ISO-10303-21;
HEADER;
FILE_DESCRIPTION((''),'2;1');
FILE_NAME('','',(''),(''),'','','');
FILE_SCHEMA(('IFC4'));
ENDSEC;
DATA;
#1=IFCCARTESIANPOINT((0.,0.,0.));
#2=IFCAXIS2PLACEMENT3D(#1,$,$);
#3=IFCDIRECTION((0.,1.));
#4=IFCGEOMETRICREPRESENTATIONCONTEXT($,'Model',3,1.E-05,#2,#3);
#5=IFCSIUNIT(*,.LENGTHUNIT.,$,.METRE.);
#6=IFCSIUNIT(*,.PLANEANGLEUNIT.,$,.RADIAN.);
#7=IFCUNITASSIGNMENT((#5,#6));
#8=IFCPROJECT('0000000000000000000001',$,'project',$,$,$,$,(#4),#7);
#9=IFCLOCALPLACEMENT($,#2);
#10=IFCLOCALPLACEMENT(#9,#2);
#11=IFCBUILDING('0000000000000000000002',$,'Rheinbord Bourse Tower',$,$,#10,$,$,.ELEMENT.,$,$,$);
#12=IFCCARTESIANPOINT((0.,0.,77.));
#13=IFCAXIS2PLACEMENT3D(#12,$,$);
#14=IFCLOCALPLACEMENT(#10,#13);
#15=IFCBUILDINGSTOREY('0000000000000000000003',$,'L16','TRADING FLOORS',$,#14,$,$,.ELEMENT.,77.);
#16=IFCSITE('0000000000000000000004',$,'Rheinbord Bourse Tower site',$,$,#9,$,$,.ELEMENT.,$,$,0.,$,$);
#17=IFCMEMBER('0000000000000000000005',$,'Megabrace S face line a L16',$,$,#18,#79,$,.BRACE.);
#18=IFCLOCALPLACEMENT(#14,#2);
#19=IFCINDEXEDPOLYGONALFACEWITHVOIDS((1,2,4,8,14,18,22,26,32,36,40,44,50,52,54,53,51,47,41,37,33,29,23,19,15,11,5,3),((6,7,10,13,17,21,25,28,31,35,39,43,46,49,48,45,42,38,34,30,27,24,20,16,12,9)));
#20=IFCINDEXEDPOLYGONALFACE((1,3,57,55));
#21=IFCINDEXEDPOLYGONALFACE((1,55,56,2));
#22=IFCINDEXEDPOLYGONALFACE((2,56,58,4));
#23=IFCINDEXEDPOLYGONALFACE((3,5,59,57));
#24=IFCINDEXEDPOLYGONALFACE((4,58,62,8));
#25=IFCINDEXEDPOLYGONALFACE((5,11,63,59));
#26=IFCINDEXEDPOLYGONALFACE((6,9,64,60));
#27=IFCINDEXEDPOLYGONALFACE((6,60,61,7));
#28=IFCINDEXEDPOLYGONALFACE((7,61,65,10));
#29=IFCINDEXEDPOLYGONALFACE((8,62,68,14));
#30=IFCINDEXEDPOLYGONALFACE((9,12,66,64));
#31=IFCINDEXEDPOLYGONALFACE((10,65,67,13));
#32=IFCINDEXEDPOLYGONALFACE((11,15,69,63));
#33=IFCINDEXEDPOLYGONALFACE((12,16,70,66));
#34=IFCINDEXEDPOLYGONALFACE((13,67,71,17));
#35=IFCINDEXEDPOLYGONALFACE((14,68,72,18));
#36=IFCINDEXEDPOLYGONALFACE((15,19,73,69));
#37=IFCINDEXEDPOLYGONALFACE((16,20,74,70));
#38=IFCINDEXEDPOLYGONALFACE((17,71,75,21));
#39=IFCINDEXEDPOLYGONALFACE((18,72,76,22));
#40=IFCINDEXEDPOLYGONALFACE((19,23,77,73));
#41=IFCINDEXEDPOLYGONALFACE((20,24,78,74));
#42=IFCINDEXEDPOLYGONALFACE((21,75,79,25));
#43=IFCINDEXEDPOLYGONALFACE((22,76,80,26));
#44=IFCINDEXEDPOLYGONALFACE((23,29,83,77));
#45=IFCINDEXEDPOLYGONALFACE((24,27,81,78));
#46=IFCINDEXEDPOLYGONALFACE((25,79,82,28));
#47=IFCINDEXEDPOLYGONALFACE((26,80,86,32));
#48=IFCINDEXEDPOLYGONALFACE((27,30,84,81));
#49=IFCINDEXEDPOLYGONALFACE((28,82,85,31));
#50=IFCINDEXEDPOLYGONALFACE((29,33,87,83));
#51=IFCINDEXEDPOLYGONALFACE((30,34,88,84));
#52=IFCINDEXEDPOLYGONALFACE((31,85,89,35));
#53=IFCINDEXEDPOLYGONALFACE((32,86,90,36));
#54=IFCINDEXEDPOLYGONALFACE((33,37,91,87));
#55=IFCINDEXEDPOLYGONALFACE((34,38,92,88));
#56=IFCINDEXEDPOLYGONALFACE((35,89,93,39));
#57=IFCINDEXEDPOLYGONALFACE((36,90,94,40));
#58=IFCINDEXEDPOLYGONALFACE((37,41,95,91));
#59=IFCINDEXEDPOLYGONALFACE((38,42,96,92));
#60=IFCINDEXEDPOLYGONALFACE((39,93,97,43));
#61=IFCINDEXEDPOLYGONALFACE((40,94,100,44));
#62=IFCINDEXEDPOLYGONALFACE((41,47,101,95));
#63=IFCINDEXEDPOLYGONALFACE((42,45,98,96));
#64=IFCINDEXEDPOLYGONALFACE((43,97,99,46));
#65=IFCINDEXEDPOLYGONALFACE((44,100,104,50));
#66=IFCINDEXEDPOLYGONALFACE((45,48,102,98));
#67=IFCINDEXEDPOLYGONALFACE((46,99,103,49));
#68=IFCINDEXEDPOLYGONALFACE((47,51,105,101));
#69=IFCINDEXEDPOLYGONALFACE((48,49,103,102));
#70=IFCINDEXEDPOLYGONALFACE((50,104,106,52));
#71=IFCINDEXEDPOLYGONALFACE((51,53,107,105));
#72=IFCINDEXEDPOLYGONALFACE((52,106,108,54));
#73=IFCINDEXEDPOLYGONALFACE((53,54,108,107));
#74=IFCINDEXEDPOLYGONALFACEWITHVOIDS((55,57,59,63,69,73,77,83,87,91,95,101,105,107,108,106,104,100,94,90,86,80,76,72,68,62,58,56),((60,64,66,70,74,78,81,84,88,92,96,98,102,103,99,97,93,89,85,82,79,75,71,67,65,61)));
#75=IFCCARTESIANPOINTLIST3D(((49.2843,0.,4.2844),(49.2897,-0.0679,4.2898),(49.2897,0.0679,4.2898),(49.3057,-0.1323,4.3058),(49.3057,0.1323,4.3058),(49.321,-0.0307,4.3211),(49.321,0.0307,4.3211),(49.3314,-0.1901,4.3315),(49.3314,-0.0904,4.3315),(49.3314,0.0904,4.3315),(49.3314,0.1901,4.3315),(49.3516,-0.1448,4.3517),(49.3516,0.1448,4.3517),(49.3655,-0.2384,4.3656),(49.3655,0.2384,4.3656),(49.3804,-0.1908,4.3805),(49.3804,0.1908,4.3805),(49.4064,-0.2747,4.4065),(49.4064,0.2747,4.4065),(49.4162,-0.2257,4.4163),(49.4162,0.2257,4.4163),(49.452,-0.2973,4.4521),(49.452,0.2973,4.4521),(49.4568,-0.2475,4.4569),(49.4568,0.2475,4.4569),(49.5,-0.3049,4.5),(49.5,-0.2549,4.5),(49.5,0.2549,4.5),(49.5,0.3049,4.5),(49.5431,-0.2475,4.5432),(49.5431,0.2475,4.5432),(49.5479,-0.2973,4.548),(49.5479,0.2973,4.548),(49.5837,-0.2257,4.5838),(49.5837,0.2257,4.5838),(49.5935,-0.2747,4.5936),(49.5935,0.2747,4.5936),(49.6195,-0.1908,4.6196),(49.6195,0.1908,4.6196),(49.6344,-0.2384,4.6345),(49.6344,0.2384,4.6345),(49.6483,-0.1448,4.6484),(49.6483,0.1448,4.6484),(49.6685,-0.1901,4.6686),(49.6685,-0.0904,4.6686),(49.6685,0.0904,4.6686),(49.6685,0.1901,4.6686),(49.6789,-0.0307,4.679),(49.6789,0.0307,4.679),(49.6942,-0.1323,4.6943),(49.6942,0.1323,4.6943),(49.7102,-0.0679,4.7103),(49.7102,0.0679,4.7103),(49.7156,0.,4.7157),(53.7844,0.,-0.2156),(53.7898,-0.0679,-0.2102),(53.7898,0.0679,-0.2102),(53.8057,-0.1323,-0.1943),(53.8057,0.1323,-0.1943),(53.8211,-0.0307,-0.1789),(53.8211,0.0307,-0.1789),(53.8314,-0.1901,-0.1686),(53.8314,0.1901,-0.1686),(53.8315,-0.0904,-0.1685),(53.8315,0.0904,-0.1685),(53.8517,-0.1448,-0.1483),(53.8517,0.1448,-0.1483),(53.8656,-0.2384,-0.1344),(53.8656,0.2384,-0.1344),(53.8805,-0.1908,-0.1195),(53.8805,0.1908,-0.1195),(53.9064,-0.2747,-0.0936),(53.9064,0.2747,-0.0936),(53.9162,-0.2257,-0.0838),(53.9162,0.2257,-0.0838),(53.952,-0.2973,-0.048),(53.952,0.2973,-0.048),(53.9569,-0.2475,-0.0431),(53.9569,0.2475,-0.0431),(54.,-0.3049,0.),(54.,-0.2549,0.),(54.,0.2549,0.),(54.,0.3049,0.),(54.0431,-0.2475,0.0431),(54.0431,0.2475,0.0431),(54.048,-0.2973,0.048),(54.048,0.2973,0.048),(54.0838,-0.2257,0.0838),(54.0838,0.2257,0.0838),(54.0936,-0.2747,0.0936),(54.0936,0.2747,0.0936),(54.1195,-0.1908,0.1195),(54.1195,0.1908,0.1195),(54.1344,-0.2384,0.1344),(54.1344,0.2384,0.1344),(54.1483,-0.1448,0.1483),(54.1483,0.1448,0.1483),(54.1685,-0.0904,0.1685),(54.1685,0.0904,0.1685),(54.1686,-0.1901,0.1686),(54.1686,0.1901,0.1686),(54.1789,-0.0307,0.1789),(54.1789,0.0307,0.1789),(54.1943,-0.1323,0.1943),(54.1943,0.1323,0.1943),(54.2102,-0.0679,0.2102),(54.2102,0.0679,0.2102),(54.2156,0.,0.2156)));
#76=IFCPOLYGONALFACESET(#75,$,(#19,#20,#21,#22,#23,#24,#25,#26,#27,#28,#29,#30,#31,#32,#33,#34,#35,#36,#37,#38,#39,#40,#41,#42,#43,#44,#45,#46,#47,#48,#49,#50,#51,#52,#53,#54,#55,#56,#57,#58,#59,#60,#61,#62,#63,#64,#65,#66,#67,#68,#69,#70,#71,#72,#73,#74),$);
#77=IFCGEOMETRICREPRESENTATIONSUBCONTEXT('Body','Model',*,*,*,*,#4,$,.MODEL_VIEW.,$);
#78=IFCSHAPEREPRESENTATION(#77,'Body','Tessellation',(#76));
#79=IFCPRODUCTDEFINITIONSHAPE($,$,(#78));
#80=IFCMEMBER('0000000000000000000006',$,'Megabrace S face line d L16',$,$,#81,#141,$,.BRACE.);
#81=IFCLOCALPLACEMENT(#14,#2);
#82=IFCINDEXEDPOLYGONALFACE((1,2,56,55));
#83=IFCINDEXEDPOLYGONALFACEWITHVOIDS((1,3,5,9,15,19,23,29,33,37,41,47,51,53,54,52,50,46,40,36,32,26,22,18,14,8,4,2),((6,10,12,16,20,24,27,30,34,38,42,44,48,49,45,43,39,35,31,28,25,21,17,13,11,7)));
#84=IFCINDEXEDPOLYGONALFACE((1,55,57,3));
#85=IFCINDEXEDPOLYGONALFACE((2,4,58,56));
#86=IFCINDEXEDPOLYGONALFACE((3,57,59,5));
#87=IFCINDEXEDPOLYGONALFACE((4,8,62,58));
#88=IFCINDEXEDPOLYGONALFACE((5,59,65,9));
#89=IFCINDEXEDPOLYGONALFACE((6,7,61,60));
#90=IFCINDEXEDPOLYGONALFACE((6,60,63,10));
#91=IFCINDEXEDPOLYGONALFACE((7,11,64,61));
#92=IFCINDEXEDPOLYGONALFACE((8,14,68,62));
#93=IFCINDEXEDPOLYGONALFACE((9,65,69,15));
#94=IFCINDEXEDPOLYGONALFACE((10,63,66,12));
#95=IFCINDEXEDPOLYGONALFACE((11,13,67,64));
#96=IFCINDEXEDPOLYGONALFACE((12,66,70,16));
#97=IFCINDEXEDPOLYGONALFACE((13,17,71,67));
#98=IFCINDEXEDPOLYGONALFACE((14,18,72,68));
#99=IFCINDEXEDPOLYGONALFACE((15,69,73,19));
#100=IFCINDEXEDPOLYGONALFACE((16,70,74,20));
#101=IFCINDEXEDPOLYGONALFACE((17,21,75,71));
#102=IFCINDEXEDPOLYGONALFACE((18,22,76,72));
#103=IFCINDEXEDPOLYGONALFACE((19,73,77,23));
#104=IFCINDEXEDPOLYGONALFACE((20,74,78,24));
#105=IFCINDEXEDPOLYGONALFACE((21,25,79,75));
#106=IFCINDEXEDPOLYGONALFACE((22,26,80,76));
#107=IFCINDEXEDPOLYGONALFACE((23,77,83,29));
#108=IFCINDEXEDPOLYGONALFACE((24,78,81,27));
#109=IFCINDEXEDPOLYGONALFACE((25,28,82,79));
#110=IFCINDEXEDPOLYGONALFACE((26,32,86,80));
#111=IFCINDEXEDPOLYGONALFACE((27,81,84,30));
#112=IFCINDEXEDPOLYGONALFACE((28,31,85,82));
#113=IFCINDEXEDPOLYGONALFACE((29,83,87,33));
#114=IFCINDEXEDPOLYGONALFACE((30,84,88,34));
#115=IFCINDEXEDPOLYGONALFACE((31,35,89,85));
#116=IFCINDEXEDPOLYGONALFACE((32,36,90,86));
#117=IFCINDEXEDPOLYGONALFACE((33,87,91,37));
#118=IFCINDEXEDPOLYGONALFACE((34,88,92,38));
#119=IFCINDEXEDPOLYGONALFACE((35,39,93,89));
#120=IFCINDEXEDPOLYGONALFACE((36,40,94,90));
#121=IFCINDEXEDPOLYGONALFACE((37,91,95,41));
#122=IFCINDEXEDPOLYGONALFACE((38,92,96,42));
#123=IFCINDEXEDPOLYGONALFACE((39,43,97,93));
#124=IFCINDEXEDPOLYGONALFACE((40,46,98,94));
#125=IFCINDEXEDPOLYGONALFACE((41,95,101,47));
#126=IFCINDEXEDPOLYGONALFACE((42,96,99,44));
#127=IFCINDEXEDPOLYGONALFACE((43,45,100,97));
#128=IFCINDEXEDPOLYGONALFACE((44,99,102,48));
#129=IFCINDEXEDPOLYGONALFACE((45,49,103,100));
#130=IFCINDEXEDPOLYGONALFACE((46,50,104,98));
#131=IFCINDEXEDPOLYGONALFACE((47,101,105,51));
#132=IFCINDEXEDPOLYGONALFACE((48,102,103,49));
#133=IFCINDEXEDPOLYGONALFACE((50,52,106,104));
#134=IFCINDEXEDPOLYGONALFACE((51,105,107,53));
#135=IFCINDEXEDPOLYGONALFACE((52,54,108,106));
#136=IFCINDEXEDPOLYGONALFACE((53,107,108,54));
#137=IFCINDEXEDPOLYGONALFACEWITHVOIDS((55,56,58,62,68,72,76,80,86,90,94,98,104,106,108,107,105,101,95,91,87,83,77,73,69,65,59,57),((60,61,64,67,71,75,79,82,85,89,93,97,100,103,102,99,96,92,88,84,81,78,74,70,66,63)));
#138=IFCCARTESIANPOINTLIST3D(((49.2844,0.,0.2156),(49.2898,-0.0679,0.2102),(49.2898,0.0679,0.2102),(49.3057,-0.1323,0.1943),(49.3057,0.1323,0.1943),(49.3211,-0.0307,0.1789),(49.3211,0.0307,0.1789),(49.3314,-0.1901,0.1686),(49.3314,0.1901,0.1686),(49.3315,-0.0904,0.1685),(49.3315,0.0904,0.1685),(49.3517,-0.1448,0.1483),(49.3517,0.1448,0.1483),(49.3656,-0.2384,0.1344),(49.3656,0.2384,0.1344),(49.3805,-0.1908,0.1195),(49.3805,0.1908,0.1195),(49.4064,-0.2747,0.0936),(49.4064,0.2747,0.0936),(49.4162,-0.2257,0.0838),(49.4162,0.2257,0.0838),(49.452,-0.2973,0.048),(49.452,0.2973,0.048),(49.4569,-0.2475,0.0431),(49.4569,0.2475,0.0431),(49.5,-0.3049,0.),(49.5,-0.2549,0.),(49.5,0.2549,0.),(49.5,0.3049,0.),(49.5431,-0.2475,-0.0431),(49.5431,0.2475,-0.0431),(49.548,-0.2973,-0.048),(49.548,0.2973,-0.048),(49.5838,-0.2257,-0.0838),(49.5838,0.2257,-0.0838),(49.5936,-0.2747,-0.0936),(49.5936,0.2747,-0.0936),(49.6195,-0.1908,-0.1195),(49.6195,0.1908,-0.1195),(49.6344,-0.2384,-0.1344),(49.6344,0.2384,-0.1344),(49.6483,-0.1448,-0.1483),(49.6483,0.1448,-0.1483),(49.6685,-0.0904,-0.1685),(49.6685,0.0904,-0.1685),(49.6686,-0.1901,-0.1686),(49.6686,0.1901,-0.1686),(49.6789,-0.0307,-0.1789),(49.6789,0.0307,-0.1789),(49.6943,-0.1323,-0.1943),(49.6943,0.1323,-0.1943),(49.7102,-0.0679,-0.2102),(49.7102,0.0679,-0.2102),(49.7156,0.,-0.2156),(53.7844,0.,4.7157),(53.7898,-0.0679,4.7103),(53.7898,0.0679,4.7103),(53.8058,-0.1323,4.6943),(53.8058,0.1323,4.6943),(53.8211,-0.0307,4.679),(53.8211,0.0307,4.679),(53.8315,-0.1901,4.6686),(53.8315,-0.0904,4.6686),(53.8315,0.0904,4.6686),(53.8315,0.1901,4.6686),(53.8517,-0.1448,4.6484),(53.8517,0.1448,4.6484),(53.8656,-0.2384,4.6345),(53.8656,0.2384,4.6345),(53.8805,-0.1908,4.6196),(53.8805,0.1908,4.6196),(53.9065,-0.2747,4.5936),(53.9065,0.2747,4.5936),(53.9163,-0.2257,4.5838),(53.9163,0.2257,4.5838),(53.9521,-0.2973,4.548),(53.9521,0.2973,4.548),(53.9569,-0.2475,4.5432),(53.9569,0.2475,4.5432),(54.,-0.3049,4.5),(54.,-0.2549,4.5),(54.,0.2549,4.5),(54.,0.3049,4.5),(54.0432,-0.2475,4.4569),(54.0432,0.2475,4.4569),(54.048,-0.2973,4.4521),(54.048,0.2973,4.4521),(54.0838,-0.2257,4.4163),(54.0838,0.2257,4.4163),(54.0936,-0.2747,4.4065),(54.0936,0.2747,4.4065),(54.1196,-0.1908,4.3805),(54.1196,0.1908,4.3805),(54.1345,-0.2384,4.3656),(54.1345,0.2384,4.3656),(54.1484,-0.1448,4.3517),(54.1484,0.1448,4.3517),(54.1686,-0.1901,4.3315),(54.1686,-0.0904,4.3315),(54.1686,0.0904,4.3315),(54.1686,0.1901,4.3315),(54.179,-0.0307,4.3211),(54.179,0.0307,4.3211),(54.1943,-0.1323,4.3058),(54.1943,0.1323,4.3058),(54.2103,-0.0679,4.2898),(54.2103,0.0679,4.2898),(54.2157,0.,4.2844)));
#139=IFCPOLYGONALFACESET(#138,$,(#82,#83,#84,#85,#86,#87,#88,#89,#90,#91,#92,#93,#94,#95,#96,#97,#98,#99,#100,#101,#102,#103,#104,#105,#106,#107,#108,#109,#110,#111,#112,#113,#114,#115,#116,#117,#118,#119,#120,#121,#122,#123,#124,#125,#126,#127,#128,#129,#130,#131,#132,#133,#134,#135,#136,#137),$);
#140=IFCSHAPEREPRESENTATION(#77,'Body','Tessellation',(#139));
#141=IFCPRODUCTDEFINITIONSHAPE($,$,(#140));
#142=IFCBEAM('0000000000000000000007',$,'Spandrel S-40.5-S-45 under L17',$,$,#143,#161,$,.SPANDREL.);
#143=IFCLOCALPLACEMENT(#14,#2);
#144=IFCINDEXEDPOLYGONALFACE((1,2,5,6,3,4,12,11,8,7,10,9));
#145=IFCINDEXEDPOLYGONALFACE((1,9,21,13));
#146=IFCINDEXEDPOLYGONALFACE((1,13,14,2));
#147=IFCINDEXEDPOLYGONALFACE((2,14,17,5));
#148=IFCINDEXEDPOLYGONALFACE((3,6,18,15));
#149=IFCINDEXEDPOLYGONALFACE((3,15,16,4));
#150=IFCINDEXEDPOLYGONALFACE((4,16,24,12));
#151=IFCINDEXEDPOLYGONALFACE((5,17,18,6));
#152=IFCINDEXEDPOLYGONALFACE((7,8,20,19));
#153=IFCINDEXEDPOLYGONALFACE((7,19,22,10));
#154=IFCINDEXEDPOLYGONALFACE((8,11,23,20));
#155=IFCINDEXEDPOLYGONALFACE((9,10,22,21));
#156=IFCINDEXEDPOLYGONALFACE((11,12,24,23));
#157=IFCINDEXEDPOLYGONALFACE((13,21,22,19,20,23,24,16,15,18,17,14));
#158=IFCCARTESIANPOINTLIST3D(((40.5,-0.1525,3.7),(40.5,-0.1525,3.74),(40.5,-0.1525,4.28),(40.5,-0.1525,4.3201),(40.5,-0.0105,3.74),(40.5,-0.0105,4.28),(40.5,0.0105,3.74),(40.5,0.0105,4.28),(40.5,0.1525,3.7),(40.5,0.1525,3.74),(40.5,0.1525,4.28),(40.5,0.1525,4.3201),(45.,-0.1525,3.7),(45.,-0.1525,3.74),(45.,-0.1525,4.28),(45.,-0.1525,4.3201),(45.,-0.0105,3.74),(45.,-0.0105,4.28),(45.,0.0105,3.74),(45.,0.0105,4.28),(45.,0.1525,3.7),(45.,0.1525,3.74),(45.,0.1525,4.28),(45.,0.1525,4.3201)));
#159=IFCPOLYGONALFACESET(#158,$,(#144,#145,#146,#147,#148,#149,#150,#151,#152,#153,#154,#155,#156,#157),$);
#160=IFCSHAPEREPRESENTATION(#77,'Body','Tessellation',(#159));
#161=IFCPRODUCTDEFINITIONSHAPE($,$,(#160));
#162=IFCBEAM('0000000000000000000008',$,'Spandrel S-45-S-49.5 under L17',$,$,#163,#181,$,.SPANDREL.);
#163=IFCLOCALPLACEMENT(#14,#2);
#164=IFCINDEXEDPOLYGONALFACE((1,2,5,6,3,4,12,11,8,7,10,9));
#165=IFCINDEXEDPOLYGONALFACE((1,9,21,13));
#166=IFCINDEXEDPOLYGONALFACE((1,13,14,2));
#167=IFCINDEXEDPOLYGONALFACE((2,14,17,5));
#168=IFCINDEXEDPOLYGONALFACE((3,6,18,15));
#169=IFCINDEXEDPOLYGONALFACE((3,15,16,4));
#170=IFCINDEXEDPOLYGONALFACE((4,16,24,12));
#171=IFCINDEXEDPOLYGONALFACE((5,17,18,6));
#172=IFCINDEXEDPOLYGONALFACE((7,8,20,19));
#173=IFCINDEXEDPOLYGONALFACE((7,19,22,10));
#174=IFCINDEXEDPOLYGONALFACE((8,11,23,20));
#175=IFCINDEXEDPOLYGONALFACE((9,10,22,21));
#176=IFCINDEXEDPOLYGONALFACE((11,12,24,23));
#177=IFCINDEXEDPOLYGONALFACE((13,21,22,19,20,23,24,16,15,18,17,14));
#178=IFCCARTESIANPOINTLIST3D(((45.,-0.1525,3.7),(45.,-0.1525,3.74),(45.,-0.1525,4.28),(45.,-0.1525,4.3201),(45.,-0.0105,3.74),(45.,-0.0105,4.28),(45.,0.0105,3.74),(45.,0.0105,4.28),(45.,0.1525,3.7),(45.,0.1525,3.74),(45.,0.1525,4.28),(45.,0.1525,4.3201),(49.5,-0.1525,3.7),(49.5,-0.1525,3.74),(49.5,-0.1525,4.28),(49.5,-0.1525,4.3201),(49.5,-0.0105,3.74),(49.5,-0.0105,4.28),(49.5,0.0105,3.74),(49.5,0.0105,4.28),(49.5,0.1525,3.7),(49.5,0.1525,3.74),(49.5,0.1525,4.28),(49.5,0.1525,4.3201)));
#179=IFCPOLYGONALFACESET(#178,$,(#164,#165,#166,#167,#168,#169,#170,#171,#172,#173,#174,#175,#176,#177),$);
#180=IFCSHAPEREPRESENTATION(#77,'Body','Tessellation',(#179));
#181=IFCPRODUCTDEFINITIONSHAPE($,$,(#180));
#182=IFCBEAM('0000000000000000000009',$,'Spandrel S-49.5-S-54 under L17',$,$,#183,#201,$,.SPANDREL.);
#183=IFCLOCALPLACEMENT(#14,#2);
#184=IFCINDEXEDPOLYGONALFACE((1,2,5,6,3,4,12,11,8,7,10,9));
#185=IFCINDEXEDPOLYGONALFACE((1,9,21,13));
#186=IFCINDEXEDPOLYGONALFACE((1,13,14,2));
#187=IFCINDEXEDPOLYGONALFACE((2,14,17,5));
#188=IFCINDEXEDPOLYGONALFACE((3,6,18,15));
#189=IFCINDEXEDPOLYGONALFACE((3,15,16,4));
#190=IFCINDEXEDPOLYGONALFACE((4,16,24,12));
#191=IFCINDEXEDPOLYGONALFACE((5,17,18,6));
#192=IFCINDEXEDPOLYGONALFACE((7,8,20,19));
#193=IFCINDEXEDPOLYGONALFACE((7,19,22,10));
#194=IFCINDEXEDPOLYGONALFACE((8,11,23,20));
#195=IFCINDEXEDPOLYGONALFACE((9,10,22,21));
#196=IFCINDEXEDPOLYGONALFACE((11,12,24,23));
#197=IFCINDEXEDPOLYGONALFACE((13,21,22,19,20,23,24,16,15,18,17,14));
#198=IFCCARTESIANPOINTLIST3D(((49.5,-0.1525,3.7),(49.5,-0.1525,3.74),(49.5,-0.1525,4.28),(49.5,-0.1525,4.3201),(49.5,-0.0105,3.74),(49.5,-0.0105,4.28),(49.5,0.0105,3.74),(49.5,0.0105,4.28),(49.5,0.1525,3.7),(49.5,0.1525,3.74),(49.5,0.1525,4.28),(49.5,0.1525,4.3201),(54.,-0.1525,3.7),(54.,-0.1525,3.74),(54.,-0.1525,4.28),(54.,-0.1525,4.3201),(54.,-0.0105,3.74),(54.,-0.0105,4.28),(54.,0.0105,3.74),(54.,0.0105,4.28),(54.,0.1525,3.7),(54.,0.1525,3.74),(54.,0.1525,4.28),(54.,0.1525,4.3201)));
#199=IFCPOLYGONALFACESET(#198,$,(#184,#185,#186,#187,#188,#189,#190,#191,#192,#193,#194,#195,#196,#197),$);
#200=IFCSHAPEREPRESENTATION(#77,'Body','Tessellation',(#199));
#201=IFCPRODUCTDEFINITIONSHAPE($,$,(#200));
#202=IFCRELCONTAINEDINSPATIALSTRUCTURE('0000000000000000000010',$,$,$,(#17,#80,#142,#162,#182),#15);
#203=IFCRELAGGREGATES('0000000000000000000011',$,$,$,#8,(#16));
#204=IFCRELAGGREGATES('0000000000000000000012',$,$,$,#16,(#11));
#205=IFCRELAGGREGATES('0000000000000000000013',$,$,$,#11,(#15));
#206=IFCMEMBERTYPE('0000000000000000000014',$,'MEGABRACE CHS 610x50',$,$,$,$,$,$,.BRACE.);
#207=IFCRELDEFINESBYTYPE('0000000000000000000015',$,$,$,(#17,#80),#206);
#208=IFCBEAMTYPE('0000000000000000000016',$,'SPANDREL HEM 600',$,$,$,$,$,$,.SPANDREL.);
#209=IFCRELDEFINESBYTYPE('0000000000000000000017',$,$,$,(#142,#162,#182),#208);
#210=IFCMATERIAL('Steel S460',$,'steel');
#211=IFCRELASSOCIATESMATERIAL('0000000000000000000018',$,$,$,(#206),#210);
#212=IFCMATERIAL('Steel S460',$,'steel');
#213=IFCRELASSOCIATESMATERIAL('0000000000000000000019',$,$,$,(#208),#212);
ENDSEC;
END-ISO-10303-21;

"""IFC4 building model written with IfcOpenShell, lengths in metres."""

from ifc_helpers import new_model, si_unit, direction, frame, origin, origin_2d, place, context, subcontext, project, spatial, hollow_circle, i_section, extrude, material, material_profile, profile_set, type_object, element, save


model = new_model("IFC4")

# Units and contexts
model_context = context("Model", 3, precision=1e-05, world=origin(), true_north=direction((0.0, 1.0)))
body_context = subcontext(model_context, "Body", "Model", "MODEL_VIEW")
ifc_project = project(units=[si_unit("LENGTHUNIT", "METRE"), si_unit("PLANEANGLEUNIT", "RADIAN")], contexts=[model_context])

# Site, building, storey
site_placement = place(None, origin())
site = spatial("IfcSite", under=ifc_project, at=site_placement, Name="Rheinbord Bourse Tower site", CompositionType="ELEMENT", RefElevation=0.0)
building_placement = place(site_placement, origin())
building = spatial("IfcBuilding", under=site, at=building_placement, Name="Rheinbord Bourse Tower", CompositionType="ELEMENT")
storey_placement = place(building_placement, frame((0.0, 0.0, 77.0)))
storey = spatial("IfcBuildingStorey", under=building, at=storey_placement, Name="L16", Description="TRADING FLOORS", CompositionType="ELEMENT", Elevation=77.0)

# Members
ifc_material_1 = material(Name="Steel S460", Category="steel")
ifc_material_profile_1 = material_profile(ifc_material_1, hollow_circle(Radius=0.3049, WallThickness=0.05, at=origin_2d()), Name="CHS 610x50")
ifc_profile_set_1 = profile_set([ifc_material_profile_1], Name="Steel S460")
member_type_1 = type_object("IfcMemberType", Name="MEGABRACE CHS 610x50", PredefinedType="BRACE", material=ifc_profile_set_1)
for number, where, z_axis, x_axis, name in (
    (1, (54.0, 0.0, 0.0), (-0.707107, 0.0, 0.707107), (0.0, -1.0, 0.0), "Megabrace S face line a L16"),
    (2, (49.5, 0.0, 0.0), (0.707107, 0.0, 0.707107), (0.0, 1.0, 0.0), "Megabrace S face line d L16"),
):
    element("IfcMember", number, at=place(storey_placement, frame(where, z_axis=z_axis, x_axis=x_axis)), inside=storey, type_object=member_type_1, Name=name, PredefinedType="BRACE", context=body_context, shape_type="SweptSolid", body=[
        extrude(hollow_circle(Radius=0.3049, WallThickness=0.05, at=origin_2d()), origin(), (0.0, 0.0, 1.0), 6.364),
    ])

# Beams
ifc_material_2 = material(Name="Steel S460", Category="steel")
ifc_material_profile_2 = material_profile(ifc_material_2, i_section(OverallWidth=0.3049, OverallDepth=0.6201, WebThickness=0.021, FlangeThickness=0.04, at=origin_2d()), Name="HEM 600")
ifc_profile_set_2 = profile_set([ifc_material_profile_2], Name="Steel S460")
beam_type_1 = type_object("IfcBeamType", Name="SPANDREL HEM 600", PredefinedType="SPANDREL", material=ifc_profile_set_2)
for number, where, z_axis, x_axis, name in (
    (3, (40.5, 0.0, 4.01), (1.0, 0.0, 0.0), (0.0, 1.0, 0.0), "Spandrel S-40.5-S-45 under L17"),
    (4, (45.0, 0.0, 4.01), (1.0, 0.0, 0.0), (0.0, 1.0, 0.0), "Spandrel S-45-S-49.5 under L17"),
    (5, (49.5, 0.0, 4.01), (1.0, 0.0, 0.0), (0.0, 1.0, 0.0), "Spandrel S-49.5-S-54 under L17"),
):
    element("IfcBeam", number, at=place(storey_placement, frame(where, z_axis=z_axis, x_axis=x_axis)), inside=storey, type_object=beam_type_1, Name=name, PredefinedType="SPANDREL", context=body_context, shape_type="SweptSolid", body=[
        extrude(i_section(OverallWidth=0.3049, OverallDepth=0.6201, WebThickness=0.021, FlangeThickness=0.04, at=origin_2d()), origin(), (0.0, 0.0, 1.0), 4.5),
    ])

save(model, "model.ifc")
